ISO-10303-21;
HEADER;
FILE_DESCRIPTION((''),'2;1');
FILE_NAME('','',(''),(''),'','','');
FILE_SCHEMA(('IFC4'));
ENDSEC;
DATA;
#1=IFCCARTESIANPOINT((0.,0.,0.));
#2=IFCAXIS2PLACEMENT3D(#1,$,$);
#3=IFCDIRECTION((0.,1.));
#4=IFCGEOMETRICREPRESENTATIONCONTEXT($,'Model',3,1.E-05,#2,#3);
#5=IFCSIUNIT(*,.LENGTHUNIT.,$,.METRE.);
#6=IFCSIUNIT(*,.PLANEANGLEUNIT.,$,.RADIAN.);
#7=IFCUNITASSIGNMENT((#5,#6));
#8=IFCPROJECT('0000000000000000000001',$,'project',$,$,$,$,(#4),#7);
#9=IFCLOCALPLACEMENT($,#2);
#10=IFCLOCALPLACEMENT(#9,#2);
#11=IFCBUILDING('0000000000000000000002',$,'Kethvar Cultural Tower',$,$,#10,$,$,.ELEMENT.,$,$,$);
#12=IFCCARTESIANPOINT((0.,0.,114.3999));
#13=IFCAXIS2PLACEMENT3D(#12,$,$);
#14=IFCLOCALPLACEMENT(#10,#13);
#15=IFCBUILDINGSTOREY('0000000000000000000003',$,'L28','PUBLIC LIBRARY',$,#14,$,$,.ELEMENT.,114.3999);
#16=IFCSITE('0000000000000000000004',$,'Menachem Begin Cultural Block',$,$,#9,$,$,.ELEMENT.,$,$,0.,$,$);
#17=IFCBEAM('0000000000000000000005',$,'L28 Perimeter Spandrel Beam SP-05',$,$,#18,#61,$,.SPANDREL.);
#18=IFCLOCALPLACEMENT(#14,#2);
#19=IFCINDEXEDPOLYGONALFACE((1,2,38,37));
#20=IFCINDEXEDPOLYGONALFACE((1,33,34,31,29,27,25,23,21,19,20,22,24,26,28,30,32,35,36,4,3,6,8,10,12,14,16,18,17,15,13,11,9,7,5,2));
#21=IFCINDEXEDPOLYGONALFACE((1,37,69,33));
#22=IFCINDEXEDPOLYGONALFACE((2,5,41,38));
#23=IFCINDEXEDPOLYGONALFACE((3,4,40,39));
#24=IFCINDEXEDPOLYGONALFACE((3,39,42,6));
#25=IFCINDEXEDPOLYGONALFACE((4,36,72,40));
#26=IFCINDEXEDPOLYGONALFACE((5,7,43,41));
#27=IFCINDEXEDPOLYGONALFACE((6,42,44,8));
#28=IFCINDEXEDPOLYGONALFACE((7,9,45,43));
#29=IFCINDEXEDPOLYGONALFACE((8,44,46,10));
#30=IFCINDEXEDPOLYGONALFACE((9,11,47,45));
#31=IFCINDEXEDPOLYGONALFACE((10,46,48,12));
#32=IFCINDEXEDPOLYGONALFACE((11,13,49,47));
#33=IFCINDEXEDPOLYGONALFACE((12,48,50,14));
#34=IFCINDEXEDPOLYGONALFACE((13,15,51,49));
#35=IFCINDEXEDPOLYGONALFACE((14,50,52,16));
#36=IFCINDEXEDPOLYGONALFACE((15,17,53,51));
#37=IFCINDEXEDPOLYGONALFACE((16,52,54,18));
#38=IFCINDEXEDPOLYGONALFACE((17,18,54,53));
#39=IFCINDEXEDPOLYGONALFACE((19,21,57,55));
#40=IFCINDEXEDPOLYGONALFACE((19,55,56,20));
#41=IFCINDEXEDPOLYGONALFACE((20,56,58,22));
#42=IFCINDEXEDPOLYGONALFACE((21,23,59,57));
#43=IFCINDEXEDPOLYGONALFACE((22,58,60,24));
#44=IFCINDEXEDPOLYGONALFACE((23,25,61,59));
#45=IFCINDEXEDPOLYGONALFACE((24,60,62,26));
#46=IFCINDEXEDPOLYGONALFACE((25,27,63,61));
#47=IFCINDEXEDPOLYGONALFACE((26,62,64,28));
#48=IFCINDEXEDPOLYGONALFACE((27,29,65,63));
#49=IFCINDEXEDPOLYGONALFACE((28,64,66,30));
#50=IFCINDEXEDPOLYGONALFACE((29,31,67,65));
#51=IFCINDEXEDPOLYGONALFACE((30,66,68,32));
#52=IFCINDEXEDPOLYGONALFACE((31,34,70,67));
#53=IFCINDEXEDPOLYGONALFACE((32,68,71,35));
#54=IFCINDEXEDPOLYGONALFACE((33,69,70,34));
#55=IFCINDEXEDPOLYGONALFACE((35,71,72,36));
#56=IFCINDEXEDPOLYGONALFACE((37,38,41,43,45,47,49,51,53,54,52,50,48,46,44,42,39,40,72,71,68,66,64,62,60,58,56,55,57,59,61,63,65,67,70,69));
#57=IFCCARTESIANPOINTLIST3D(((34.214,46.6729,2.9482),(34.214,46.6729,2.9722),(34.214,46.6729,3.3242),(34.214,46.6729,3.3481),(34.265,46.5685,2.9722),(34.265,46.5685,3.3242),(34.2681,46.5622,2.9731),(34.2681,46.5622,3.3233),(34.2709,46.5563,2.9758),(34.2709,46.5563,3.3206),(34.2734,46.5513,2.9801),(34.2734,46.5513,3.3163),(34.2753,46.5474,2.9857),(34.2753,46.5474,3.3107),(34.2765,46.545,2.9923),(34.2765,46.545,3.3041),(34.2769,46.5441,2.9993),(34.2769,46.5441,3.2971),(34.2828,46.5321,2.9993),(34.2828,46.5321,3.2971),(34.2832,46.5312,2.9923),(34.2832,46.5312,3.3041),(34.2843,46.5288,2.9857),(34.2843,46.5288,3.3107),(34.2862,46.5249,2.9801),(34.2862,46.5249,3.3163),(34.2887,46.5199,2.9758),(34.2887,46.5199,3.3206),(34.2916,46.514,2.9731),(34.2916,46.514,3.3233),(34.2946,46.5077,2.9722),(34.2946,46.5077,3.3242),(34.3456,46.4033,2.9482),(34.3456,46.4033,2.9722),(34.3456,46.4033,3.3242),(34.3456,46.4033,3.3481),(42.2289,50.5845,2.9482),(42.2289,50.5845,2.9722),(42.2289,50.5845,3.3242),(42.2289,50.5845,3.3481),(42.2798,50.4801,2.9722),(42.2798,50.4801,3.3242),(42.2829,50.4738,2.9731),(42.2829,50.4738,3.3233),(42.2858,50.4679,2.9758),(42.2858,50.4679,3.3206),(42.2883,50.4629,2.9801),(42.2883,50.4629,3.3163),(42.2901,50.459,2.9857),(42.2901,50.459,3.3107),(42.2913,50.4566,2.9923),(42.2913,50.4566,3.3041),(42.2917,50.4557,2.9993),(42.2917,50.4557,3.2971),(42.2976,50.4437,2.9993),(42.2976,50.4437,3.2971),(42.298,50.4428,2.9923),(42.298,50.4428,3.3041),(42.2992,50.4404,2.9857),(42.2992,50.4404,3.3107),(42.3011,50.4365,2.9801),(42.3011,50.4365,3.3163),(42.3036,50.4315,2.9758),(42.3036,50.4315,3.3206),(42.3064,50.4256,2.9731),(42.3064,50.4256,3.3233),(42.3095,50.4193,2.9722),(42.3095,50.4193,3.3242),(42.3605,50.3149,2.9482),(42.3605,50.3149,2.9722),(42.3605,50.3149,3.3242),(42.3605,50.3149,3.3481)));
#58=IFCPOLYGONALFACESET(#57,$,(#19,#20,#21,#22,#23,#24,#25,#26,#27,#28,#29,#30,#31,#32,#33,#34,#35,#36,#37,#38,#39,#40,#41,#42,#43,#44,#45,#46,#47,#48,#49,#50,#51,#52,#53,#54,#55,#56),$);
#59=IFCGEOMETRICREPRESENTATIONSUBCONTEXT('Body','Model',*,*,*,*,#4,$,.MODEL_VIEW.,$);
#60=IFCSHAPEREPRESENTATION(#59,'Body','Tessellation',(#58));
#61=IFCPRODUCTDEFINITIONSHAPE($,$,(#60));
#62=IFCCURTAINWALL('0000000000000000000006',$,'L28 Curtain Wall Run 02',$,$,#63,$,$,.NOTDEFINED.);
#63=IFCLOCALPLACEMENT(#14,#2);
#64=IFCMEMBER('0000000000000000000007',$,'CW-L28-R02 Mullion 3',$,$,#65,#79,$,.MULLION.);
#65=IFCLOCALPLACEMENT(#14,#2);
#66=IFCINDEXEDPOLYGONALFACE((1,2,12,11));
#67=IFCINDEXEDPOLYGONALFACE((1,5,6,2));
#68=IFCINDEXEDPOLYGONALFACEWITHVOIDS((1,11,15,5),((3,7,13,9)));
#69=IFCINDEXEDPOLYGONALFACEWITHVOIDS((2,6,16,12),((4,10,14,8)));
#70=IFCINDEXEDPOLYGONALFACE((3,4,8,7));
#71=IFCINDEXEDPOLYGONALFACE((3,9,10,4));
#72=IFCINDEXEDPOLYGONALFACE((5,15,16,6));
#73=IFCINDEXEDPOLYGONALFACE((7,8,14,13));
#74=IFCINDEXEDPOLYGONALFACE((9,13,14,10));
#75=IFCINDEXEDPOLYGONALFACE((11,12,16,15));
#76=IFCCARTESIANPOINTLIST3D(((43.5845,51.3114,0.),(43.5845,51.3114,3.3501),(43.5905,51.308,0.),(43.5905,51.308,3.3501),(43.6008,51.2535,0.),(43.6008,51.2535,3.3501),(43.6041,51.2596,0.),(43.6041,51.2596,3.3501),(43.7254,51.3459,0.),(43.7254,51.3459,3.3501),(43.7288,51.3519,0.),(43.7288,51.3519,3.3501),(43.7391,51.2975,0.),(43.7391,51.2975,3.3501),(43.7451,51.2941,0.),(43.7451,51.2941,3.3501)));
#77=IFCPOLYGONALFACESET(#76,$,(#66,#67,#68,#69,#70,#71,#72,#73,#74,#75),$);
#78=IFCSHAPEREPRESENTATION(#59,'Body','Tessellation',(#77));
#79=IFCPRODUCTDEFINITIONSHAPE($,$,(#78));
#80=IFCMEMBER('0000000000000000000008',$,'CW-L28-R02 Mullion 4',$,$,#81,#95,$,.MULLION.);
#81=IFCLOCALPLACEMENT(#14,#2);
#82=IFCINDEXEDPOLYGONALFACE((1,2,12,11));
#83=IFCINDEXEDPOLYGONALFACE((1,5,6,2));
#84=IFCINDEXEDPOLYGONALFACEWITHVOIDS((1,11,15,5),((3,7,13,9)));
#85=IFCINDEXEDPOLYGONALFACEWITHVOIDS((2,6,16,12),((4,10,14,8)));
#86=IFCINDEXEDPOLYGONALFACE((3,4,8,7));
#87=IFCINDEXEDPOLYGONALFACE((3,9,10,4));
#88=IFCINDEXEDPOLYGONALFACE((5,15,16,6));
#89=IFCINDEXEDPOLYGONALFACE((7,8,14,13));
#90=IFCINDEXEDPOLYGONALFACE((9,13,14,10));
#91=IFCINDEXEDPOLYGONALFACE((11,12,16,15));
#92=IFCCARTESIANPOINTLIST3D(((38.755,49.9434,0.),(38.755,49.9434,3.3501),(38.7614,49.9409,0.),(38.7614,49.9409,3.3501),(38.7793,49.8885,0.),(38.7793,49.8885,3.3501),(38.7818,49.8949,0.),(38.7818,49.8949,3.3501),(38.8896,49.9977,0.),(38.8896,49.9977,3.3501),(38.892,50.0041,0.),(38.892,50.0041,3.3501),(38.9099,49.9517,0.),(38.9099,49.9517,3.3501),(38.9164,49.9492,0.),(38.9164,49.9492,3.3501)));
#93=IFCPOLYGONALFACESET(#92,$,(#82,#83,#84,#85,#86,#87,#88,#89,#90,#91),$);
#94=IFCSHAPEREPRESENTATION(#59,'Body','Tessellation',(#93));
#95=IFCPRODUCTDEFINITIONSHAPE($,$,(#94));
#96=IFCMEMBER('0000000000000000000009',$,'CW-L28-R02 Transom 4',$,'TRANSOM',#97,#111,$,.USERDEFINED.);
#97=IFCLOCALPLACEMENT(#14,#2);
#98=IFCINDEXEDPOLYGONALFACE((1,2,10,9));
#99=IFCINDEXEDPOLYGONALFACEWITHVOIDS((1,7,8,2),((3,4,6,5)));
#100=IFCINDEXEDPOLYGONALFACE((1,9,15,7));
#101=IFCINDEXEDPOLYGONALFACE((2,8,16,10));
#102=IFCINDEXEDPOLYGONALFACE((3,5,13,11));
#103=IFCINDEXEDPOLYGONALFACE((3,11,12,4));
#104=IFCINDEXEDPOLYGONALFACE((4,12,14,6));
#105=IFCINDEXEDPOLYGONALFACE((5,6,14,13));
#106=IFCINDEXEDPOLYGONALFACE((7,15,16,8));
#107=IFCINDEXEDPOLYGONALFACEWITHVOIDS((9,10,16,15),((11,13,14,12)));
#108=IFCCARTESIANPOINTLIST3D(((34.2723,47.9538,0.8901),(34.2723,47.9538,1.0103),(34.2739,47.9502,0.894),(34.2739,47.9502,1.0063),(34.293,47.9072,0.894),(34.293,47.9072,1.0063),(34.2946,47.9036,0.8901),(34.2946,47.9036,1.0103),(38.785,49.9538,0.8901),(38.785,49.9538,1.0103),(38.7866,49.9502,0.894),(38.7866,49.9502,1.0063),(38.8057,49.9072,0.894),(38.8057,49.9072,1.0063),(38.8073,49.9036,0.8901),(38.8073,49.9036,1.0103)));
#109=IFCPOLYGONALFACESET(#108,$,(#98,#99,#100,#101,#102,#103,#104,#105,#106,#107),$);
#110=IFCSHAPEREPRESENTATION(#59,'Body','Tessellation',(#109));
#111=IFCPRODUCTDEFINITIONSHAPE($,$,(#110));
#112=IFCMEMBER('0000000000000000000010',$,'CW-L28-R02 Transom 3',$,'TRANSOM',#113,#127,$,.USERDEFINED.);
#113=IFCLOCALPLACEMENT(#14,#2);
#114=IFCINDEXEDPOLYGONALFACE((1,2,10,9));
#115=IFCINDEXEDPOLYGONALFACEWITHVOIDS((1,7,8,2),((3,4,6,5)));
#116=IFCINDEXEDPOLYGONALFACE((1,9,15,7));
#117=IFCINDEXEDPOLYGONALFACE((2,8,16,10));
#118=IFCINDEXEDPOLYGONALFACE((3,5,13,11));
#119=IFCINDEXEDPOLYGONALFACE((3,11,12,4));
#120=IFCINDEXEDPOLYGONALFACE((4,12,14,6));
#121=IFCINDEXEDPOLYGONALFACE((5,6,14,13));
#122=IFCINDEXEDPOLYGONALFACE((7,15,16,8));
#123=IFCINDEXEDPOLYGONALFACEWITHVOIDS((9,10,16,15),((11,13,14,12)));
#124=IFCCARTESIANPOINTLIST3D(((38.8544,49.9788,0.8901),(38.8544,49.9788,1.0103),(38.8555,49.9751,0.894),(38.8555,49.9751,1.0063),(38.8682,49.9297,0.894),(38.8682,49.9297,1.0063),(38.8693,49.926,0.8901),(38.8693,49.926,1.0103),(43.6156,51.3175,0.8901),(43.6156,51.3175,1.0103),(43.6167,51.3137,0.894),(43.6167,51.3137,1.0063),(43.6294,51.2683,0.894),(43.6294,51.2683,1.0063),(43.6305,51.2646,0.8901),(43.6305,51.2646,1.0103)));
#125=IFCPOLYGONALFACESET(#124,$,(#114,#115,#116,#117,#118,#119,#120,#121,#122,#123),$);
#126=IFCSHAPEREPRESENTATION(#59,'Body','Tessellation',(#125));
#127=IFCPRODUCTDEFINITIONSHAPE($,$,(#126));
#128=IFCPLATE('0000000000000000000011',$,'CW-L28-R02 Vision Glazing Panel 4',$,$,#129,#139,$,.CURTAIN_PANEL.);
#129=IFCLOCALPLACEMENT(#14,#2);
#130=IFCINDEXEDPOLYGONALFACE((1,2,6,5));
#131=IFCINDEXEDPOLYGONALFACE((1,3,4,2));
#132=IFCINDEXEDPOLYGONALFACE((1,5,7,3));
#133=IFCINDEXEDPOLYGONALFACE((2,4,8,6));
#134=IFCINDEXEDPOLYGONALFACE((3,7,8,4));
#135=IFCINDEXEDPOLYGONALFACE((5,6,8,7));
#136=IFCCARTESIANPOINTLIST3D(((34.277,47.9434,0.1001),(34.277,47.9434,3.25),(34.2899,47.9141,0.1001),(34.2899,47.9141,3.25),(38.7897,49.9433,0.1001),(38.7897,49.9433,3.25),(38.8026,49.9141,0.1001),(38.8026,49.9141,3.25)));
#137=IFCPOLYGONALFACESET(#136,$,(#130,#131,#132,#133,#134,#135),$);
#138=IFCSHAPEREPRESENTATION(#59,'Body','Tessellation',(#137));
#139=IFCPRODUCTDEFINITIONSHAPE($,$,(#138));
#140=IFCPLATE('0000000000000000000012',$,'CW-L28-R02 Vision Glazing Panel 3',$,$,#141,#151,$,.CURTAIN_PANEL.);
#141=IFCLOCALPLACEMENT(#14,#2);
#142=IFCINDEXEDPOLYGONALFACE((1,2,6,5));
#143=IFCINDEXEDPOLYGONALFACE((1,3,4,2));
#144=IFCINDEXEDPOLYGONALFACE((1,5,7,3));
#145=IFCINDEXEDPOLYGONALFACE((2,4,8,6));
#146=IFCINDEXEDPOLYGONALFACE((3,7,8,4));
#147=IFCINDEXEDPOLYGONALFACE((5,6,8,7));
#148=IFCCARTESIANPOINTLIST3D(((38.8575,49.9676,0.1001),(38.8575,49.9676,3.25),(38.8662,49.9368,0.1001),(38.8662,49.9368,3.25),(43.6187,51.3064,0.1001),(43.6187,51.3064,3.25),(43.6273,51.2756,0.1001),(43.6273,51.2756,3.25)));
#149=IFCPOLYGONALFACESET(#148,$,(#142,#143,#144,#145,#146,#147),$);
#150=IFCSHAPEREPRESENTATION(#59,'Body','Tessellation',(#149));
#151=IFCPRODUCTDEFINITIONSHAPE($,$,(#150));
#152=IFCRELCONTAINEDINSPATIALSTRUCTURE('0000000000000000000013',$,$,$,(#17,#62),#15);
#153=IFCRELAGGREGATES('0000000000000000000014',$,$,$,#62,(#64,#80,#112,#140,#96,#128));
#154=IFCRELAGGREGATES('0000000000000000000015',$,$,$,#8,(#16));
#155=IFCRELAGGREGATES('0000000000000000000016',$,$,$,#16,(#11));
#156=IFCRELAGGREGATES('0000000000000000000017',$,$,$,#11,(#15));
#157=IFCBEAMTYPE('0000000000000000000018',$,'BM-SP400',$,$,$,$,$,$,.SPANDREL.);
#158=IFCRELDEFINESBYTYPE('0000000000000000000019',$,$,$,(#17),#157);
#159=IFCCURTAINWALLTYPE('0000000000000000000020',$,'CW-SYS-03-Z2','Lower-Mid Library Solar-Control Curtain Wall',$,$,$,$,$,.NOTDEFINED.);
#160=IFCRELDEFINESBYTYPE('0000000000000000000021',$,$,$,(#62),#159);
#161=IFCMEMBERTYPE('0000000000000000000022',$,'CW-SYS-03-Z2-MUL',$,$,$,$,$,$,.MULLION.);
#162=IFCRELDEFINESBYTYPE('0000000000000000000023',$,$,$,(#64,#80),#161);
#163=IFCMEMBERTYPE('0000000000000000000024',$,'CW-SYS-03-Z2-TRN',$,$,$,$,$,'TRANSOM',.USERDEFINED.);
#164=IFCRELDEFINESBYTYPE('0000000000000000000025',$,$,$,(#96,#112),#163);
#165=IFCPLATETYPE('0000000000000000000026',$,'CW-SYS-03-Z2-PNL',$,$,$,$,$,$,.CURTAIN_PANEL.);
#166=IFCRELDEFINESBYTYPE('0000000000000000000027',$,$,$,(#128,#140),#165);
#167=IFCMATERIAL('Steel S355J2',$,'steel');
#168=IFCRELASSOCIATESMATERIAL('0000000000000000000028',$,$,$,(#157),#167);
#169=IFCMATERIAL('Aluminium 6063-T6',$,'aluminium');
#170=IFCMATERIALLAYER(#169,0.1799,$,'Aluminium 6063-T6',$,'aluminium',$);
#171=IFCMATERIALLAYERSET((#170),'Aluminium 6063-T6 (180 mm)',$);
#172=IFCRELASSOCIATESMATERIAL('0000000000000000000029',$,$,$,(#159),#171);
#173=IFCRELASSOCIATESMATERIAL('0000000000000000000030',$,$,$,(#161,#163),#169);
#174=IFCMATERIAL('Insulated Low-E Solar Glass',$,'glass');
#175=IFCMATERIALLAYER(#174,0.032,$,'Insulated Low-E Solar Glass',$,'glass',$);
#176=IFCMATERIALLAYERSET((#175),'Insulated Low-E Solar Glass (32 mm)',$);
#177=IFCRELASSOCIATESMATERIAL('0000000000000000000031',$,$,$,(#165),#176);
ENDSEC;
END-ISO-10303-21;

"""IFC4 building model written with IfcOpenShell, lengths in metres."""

from ifc_helpers import new_model, si_unit, direction, frame, origin, origin_2d, place, context, subcontext, project, spatial, rectangle, hollow_rectangle, i_section, extrude, source, transform, mapped, material, layer, layer_set, material_profile, profile_set, type_object, element, aggregate, save


model = new_model("IFC4")

# Units and contexts
model_context = context("Model", 3, precision=1e-05, world=origin(), true_north=direction((0.0, 1.0)))
body_context = subcontext(model_context, "Body", "Model", "MODEL_VIEW")
ifc_project = project(units=[si_unit("LENGTHUNIT", "METRE"), si_unit("PLANEANGLEUNIT", "RADIAN")], contexts=[model_context])

# Site, building, storey
site_placement = place(None, origin())
site = spatial("IfcSite", under=ifc_project, at=site_placement, Name="Menachem Begin Cultural Block", CompositionType="ELEMENT", RefElevation=0.0)
building_placement = place(site_placement, origin())
building = spatial("IfcBuilding", under=site, at=building_placement, Name="Kethvar Cultural Tower", CompositionType="ELEMENT")
storey_placement = place(building_placement, frame((0.0, 0.0, 114.3999)))
storey = spatial("IfcBuildingStorey", under=building, at=storey_placement, Name="L28", Description="PUBLIC LIBRARY", CompositionType="ELEMENT", Elevation=114.3999)

# Beam
ifc_material_1 = material(Name="Steel S355J2", Category="steel")
ifc_material_profile_1 = material_profile(ifc_material_1, i_section(OverallWidth=0.3, OverallDepth=0.3999, WebThickness=0.0134, FlangeThickness=0.0239, FilletRadius=0.0271, at=origin_2d()), Name="Steel S355J2 — HEB400")
ifc_profile_set_1 = profile_set([ifc_material_profile_1], Name="Steel S355J2 — HEB400")
beam_type_1 = type_object("IfcBeamType", Name="BM-SP400", PredefinedType="SPANDREL", material=ifc_profile_set_1)
shared_shape_1 = source(origin(), body_context, "Body", "SweptSolid", [
    extrude(i_section(OverallWidth=0.3, OverallDepth=0.3999, WebThickness=0.0134, FlangeThickness=0.0239, FilletRadius=0.0271, at=origin_2d()), origin(), (0.0, 0.0, 1.0), 8.9185),
])
beam_1_placement = place(storey_placement, frame((42.2947, 50.4497, 3.1482), z_axis=(-0.898684, -0.438597, 0.0), x_axis=(0.438597, -0.898684, 0.0)))
element("IfcBeam", 1, at=beam_1_placement, inside=storey, type_object=beam_type_1, Name="L28 Perimeter Spandrel Beam SP-05", PredefinedType="SPANDREL", context=body_context, shape_type="MappedRepresentation", body=[
    mapped(shared_shape_1, transform((0.0, 0.0, 0.0), scale=1.0)),
])

# Curtain wall, members, plates
ifc_material_2 = material(Name="Aluminium 6063-T6", Category="aluminium")
ifc_layer_1 = layer(ifc_material_2, 0.1799, Name="Aluminium 6063-T6", Category="aluminium")
ifc_layer_set_1 = layer_set([ifc_layer_1], Name="Aluminium 6063-T6 (180 mm)")
curtain_wall_type = type_object("IfcCurtainWallType", Name="CW-SYS-03-Z2", Description="Lower-Mid Library Solar-Control Curtain Wall", PredefinedType="NOTDEFINED", material=ifc_layer_set_1)
curtain_wall_placement = place(storey_placement, origin())
curtain_wall = element("IfcCurtainWall", 2, at=curtain_wall_placement, inside=storey, type_object=curtain_wall_type, Name="L28 Curtain Wall Run 02", PredefinedType="NOTDEFINED")
ifc_material_profile_2 = material_profile(ifc_material_2, hollow_rectangle(XDim=0.0601, YDim=0.1499, WallThickness=0.0049, at=origin_2d()), Name="Aluminium 6063-T6 — RHS150x60x5")
ifc_profile_set_2 = profile_set([ifc_material_profile_2], Name="Aluminium 6063-T6 — RHS150x60x5")
member_type_1 = type_object("IfcMemberType", Name="CW-SYS-03-Z2-MUL", PredefinedType="MULLION", material=ifc_profile_set_2)
shared_shape_2 = source(origin(), body_context, "Body", "SweptSolid", [
    extrude(hollow_rectangle(XDim=0.0601, YDim=0.1499, WallThickness=0.0049, at=origin_2d()), origin(), (0.0, 0.0, 1.0), 3.3501),
])
member_1_placement = place(storey_placement, frame((43.6648, 51.3027, 0.0), z_axis=(0.0, 0.0, 1.0), x_axis=(0.270684, -0.962668, 0.0)))
member_1 = element("IfcMember", 3, at=member_1_placement, type_object=member_type_1, Name="CW-L28-R02 Mullion 3", PredefinedType="MULLION", context=body_context, shape_type="MappedRepresentation", body=[
    mapped(shared_shape_2, transform((0.0, 0.0, 0.0), scale=1.0)),
])
member_2_placement = place(storey_placement, frame((38.8357, 49.9463, 0.0), z_axis=(0.0, 0.0, 1.0), x_axis=(0.405174, -0.91424, 0.0)))
member_2 = element("IfcMember", 4, at=member_2_placement, type_object=member_type_1, Name="CW-L28-R02 Mullion 4", PredefinedType="MULLION", context=body_context, shape_type="MappedRepresentation", body=[
    mapped(shared_shape_2, transform((0.0, 0.0, 0.0), scale=1.0)),
])
ifc_material_profile_3 = material_profile(ifc_material_2, hollow_rectangle(XDim=0.0549, YDim=0.1201, WallThickness=0.0039, at=origin_2d()), Name="Aluminium 6063-T6 — RHS120x55x4")
ifc_profile_set_3 = profile_set([ifc_material_profile_3], Name="Aluminium 6063-T6 — RHS120x55x4")
member_type_2 = type_object("IfcMemberType", Name="CW-SYS-03-Z2-TRN", ElementType="TRANSOM", PredefinedType="USERDEFINED", material=ifc_profile_set_3)
shared_shape_3 = source(origin(), body_context, "Body", "SweptSolid", [
    extrude(hollow_rectangle(XDim=0.0549, YDim=0.1201, WallThickness=0.0039, at=origin_2d()), origin(), (0.0, 0.0, 1.0), 4.936),
])
member_3_placement = place(storey_placement, frame((38.7961, 49.9287, 0.9502), z_axis=(-0.914235, -0.405184, 0.0), x_axis=(0.405184, -0.914235, 0.0)))
member_3 = element("IfcMember", 5, at=member_3_placement, type_object=member_type_2, Name="CW-L28-R02 Transom 4", ObjectType="TRANSOM", PredefinedType="USERDEFINED", context=body_context, shape_type="MappedRepresentation", body=[
    mapped(shared_shape_3, transform((0.0, 0.0, 0.0), scale=1.0)),
])
shared_shape_4 = source(origin(), body_context, "Body", "SweptSolid", [
    extrude(hollow_rectangle(XDim=0.0549, YDim=0.1201, WallThickness=0.0039, at=origin_2d()), origin(), (0.0, 0.0, 1.0), 4.9458),
])
member_4_placement = place(storey_placement, frame((43.623, 51.291, 0.9502), z_axis=(-0.962676, -0.270657, 0.0), x_axis=(0.270657, -0.962676, 0.0)))
member_4 = element("IfcMember", 6, at=member_4_placement, type_object=member_type_2, Name="CW-L28-R02 Transom 3", ObjectType="TRANSOM", PredefinedType="USERDEFINED", context=body_context, shape_type="MappedRepresentation", body=[
    mapped(shared_shape_4, transform((0.0, 0.0, 0.0), scale=1.0)),
])
ifc_material_3 = material(Name="Insulated Low-E Solar Glass", Category="glass")
ifc_layer_2 = layer(ifc_material_3, 0.032, Name="Insulated Low-E Solar Glass", Category="glass")
ifc_layer_set_2 = layer_set([ifc_layer_2], Name="Insulated Low-E Solar Glass (32 mm)")
plate_type = type_object("IfcPlateType", Name="CW-SYS-03-Z2-PNL", PredefinedType="CURTAIN_PANEL", material=ifc_layer_set_2)
shared_shape_5 = source(origin(), body_context, "Body", "SweptSolid", [
    extrude(rectangle(XDim=4.936, YDim=0.032, at=origin_2d()), origin(), (0.0, 0.0, 1.0), 3.1499),
])
plate_1_placement = place(storey_placement, frame((36.5398, 48.9287, 0.1001), z_axis=(0.0, 0.0, 1.0), x_axis=(-0.91424, -0.405174, 0.0)))
plate_1 = element("IfcPlate", 7, at=plate_1_placement, type_object=plate_type, Name="CW-L28-R02 Vision Glazing Panel 4", PredefinedType="CURTAIN_PANEL", context=body_context, shape_type="MappedRepresentation", body=[
    mapped(shared_shape_5, transform((0.0, 0.0, 0.0), scale=1.0)),
])
shared_shape_6 = source(origin(), body_context, "Body", "SweptSolid", [
    extrude(rectangle(XDim=4.9458, YDim=0.032, at=origin_2d()), origin(), (0.0, 0.0, 1.0), 3.1499),
])
plate_2_placement = place(storey_placement, frame((41.2424, 50.6216, 0.1001), z_axis=(0.0, 0.0, 1.0), x_axis=(-0.962668, -0.270684, 0.0)))
plate_2 = element("IfcPlate", 8, at=plate_2_placement, type_object=plate_type, Name="CW-L28-R02 Vision Glazing Panel 3", PredefinedType="CURTAIN_PANEL", context=body_context, shape_type="MappedRepresentation", body=[
    mapped(shared_shape_6, transform((0.0, 0.0, 0.0), scale=1.0)),
])
aggregate(curtain_wall, [member_1, member_2, member_4, plate_2, member_3, plate_1])

save(model, "model.ifc")
